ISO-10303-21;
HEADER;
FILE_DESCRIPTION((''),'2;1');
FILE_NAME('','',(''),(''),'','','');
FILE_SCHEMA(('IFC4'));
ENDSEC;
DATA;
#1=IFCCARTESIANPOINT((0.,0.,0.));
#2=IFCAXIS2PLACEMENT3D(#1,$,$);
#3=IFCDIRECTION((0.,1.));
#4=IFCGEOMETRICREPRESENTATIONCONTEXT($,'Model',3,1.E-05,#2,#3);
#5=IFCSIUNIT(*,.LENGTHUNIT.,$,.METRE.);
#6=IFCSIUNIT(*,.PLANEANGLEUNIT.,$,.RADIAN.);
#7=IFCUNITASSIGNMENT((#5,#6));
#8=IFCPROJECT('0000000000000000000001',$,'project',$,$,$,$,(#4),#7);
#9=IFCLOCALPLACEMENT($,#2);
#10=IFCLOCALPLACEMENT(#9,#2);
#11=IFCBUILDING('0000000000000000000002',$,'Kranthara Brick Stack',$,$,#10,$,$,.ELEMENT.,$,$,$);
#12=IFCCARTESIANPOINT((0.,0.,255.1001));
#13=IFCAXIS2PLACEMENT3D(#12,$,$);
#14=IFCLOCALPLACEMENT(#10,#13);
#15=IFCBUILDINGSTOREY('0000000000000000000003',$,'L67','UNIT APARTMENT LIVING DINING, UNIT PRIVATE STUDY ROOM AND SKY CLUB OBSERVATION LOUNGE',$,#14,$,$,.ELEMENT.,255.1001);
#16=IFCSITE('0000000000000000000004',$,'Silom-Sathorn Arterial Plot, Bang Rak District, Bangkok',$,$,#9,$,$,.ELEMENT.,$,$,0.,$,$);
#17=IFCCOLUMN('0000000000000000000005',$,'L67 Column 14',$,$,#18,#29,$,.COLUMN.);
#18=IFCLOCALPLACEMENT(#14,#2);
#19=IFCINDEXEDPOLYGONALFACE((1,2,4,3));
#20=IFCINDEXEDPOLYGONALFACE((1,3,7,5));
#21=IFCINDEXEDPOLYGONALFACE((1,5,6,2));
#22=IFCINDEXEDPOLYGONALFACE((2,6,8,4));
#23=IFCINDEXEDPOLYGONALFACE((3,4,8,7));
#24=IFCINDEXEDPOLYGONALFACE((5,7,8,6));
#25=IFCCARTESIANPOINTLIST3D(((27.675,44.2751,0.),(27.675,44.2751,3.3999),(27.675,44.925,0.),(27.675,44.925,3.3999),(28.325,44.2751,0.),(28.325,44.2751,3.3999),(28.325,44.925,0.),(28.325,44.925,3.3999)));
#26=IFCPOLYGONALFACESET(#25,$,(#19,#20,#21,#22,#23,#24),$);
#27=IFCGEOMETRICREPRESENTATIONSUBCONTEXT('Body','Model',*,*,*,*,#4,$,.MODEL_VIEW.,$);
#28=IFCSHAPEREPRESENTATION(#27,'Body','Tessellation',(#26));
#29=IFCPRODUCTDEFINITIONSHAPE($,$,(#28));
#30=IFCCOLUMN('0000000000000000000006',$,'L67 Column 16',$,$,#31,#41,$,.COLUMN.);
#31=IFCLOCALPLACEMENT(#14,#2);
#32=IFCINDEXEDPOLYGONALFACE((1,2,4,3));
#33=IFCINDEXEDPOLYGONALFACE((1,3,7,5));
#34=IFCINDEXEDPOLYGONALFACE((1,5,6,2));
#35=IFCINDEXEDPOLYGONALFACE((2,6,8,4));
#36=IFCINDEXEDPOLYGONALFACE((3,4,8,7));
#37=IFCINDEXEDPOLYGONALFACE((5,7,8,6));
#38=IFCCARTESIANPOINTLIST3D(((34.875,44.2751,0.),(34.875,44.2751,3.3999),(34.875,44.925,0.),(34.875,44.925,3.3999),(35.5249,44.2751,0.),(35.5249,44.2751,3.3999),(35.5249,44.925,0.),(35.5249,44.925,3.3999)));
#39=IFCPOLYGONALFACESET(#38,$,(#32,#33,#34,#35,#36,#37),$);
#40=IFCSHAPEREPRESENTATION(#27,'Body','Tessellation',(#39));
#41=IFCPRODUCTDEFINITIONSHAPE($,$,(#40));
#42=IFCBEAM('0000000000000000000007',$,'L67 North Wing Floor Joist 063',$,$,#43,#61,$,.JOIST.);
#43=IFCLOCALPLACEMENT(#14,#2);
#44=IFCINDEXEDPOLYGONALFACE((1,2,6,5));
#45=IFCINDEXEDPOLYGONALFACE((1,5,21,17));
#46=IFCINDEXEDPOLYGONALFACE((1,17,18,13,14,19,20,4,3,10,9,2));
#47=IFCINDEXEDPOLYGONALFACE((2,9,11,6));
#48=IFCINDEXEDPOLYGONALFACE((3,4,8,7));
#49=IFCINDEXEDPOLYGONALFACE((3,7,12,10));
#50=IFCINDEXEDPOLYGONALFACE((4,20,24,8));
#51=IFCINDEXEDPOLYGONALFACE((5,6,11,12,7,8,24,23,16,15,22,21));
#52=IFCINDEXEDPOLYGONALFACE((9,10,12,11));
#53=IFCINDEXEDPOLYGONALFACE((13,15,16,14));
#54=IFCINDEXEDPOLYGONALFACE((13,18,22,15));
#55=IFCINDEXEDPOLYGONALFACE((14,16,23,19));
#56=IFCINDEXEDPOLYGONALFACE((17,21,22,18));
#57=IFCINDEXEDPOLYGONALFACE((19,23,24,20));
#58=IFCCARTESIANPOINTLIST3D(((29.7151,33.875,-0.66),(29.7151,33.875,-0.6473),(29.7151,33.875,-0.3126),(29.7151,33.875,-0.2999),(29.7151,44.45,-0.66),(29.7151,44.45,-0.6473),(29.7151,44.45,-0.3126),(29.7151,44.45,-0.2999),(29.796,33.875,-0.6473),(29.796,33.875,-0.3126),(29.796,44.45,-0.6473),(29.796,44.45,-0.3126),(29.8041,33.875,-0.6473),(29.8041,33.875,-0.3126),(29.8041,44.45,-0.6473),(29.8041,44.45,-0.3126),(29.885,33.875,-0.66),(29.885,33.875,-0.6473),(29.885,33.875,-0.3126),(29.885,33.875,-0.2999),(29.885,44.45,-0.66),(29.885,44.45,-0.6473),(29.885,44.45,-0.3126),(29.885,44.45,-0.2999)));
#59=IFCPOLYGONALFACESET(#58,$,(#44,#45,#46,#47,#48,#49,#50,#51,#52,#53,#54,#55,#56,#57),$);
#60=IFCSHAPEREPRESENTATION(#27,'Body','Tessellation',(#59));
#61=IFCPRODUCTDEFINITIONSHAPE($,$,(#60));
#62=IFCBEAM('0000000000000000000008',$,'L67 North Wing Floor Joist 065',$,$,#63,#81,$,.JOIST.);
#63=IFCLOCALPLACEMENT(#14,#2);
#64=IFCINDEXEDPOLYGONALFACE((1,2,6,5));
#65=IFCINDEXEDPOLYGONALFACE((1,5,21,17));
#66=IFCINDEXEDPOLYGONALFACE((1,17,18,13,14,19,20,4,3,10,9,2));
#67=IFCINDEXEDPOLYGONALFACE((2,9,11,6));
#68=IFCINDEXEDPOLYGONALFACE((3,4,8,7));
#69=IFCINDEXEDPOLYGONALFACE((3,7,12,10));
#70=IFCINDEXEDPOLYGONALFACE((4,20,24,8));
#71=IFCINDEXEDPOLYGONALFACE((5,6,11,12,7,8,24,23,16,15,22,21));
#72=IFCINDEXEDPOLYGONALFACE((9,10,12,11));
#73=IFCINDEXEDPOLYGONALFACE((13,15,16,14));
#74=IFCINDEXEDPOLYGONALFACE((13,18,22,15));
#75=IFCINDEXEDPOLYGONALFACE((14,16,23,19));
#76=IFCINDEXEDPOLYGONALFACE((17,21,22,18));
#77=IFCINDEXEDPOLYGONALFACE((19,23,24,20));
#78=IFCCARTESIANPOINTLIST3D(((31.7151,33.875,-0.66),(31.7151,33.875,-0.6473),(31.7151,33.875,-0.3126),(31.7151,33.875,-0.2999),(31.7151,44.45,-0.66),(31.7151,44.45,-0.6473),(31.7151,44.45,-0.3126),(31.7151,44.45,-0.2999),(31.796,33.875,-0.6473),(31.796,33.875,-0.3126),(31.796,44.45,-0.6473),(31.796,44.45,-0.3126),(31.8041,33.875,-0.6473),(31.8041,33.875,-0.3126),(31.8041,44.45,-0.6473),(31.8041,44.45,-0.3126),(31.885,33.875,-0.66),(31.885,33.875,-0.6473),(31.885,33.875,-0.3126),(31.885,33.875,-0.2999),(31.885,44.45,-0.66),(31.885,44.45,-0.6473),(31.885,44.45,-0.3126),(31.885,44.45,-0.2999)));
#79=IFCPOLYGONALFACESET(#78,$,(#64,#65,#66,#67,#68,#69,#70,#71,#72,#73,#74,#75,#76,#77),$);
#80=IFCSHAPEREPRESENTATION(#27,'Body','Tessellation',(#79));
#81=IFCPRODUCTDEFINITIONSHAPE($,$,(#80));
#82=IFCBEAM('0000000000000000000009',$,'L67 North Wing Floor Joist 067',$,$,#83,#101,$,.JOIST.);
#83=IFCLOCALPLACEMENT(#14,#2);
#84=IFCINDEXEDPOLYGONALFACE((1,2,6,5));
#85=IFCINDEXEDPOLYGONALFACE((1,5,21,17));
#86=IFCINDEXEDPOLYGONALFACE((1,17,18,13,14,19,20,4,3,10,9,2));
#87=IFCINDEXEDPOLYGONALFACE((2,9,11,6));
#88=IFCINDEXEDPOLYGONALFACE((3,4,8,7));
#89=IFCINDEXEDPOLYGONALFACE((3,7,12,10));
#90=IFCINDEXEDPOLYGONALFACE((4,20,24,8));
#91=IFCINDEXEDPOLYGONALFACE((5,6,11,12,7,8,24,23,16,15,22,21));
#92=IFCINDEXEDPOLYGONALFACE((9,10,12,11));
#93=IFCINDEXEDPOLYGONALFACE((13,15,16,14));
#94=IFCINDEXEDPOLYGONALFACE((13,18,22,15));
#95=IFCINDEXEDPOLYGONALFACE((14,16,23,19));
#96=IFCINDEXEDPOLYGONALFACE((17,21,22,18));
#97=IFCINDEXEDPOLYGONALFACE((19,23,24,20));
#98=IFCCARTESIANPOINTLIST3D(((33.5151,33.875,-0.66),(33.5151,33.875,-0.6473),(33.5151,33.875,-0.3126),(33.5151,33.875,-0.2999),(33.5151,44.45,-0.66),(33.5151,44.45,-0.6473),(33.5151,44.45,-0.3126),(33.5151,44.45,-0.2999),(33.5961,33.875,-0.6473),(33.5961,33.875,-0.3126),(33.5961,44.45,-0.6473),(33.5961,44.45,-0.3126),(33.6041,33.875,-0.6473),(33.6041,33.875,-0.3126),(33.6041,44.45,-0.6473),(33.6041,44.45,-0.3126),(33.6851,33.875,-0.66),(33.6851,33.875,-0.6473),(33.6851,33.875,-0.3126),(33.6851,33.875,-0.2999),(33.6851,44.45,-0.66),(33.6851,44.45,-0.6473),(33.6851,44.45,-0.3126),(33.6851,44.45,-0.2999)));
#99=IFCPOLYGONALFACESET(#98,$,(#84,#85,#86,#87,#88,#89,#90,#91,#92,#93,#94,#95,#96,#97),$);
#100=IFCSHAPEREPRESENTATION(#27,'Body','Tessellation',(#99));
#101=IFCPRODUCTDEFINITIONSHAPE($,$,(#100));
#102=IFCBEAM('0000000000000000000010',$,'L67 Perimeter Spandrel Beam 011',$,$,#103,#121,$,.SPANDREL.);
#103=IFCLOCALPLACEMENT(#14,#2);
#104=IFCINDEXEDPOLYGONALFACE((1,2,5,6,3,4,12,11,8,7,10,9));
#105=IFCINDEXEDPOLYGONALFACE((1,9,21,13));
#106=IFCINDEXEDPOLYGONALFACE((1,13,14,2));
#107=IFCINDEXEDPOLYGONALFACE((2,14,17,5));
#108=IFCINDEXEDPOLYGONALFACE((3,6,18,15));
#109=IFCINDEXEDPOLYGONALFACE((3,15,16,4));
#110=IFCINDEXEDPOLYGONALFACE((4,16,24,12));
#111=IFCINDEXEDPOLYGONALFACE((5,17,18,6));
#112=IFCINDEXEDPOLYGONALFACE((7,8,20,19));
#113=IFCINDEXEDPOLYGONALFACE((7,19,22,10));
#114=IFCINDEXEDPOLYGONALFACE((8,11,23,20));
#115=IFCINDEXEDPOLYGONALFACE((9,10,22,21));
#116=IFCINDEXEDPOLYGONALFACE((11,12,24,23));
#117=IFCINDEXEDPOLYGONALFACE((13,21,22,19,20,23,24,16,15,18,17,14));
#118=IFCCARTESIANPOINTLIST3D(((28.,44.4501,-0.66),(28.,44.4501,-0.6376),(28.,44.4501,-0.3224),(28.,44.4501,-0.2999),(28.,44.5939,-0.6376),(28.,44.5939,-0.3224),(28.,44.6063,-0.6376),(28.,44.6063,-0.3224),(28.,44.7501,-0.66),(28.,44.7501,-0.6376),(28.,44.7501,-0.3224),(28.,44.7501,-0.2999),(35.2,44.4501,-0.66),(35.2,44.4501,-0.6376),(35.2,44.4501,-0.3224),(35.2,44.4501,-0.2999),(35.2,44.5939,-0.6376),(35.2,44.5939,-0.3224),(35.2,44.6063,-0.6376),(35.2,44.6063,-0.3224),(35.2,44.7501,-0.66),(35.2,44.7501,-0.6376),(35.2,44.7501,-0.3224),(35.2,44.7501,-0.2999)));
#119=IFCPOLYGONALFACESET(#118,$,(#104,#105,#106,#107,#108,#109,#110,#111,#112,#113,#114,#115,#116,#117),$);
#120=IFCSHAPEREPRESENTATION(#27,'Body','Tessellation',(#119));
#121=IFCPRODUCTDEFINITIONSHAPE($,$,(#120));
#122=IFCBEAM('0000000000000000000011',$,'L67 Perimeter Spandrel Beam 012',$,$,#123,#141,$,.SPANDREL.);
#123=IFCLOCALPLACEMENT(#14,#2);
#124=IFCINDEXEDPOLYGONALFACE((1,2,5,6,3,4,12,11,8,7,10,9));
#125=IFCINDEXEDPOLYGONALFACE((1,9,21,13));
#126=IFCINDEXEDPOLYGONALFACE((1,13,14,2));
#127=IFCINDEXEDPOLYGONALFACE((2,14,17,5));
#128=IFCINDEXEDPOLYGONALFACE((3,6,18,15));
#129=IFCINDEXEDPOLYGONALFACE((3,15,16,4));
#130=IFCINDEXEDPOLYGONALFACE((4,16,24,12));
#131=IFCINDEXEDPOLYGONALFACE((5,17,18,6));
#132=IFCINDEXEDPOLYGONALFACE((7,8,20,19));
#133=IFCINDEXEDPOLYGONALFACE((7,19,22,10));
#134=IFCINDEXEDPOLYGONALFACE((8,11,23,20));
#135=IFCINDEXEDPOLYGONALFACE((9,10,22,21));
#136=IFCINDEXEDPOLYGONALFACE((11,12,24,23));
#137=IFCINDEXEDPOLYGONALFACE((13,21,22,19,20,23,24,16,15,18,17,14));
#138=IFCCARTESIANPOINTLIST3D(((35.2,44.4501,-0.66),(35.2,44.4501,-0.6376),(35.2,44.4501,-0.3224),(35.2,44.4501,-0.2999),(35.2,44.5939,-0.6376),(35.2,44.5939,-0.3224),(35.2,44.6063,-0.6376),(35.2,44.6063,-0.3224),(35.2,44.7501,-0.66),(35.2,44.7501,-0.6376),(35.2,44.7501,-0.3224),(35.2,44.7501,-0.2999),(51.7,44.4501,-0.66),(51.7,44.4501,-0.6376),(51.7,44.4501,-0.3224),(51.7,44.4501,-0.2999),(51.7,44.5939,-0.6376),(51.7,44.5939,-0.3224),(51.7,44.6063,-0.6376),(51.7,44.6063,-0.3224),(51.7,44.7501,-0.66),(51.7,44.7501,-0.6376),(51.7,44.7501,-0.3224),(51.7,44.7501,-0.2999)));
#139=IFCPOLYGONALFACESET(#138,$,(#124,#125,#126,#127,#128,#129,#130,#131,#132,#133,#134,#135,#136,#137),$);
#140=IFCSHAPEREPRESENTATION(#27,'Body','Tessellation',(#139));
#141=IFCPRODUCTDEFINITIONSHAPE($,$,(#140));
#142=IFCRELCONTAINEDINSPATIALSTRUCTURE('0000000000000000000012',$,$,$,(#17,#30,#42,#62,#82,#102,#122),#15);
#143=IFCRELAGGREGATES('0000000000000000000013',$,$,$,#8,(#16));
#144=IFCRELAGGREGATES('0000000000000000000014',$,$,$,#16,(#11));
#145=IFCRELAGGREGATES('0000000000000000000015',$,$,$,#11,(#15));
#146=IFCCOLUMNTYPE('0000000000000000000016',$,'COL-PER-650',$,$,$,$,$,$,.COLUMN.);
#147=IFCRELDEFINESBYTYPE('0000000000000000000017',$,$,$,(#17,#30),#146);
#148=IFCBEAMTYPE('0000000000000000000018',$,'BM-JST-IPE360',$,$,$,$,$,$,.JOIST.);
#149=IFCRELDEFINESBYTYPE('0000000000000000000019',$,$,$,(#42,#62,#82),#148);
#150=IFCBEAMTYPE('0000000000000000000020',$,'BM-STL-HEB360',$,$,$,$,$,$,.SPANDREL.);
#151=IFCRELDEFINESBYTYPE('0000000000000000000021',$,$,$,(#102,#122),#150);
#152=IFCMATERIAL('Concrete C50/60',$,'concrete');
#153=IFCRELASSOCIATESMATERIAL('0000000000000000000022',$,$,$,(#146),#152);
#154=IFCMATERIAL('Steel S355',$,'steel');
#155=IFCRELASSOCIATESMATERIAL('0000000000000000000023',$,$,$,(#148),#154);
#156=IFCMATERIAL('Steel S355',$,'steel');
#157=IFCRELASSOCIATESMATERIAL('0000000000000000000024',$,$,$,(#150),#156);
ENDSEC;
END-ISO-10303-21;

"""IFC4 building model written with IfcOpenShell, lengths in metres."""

from ifc_helpers import new_model, si_unit, direction, frame, origin, origin_2d, place, context, subcontext, project, spatial, rectangle, i_section, extrude, material, material_profile, profile_set, type_object, element, save


model = new_model("IFC4")

# Units and contexts
model_context = context("Model", 3, precision=1e-05, world=origin(), true_north=direction((0.0, 1.0)))
body_context = subcontext(model_context, "Body", "Model", "MODEL_VIEW")
ifc_project = project(units=[si_unit("LENGTHUNIT", "METRE"), si_unit("PLANEANGLEUNIT", "RADIAN")], contexts=[model_context])

# Site, building, storey
site_placement = place(None, origin())
site = spatial("IfcSite", under=ifc_project, at=site_placement, Name="Silom-Sathorn Arterial Plot, Bang Rak District, Bangkok", CompositionType="ELEMENT", RefElevation=0.0)
building_placement = place(site_placement, origin())
building = spatial("IfcBuilding", under=site, at=building_placement, Name="Kranthara Brick Stack", CompositionType="ELEMENT")
storey_placement = place(building_placement, frame((0.0, 0.0, 255.1001)))
storey = spatial("IfcBuildingStorey", under=building, at=storey_placement, Name="L67", Description="UNIT APARTMENT LIVING DINING, UNIT PRIVATE STUDY ROOM AND SKY CLUB OBSERVATION LOUNGE", CompositionType="ELEMENT", Elevation=255.1001)

# Columns
ifc_material_1 = material(Name="Concrete C50/60", Category="concrete")
ifc_material_profile_1 = material_profile(ifc_material_1, rectangle(XDim=0.6499, YDim=0.6499, at=origin_2d()), Name="RC 650x650")
ifc_profile_set_1 = profile_set([ifc_material_profile_1], Name="Concrete C50/60")
column_type = type_object("IfcColumnType", Name="COL-PER-650", PredefinedType="COLUMN", material=ifc_profile_set_1)
for number, where, z_axis, x_axis, name in (
    (1, (28.0, 44.6001, 0.0), (0.0, 0.0, 1.0), (1.0, 0.0, 0.0), "L67 Column 14"),
    (2, (35.2, 44.6001, 0.0), (0.0, 0.0, 1.0), (1.0, 0.0, 0.0), "L67 Column 16"),
):
    element("IfcColumn", number, at=place(storey_placement, frame(where, z_axis=z_axis, x_axis=x_axis)), inside=storey, type_object=column_type, Name=name, PredefinedType="COLUMN", context=body_context, shape_type="SweptSolid", body=[
        extrude(rectangle(XDim=0.6499, YDim=0.6499, at=origin_2d()), origin(), (0.0, 0.0, 1.0), 3.3999),
    ])

# Beams
ifc_material_2 = material(Name="Steel S355", Category="steel")
ifc_material_profile_2 = material_profile(ifc_material_2, i_section(OverallWidth=0.1699, OverallDepth=0.3601, WebThickness=0.0081, FlangeThickness=0.0127, at=origin_2d()), Name="IPE 360")
ifc_profile_set_2 = profile_set([ifc_material_profile_2], Name="Steel S355")
beam_type_1 = type_object("IfcBeamType", Name="BM-JST-IPE360", PredefinedType="JOIST", material=ifc_profile_set_2)
for number, where, z_axis, x_axis, name in (
    (3, (29.8, 33.875, -0.48), (0.0, 1.0, 0.0), (-1.0, 0.0, 0.0), "L67 North Wing Floor Joist 063"),
    (4, (31.8, 33.875, -0.48), (0.0, 1.0, 0.0), (-1.0, 0.0, 0.0), "L67 North Wing Floor Joist 065"),
    (5, (33.6001, 33.875, -0.48), (0.0, 1.0, 0.0), (-1.0, 0.0, 0.0), "L67 North Wing Floor Joist 067"),
):
    element("IfcBeam", number, at=place(storey_placement, frame(where, z_axis=z_axis, x_axis=x_axis)), inside=storey, type_object=beam_type_1, Name=name, PredefinedType="JOIST", context=body_context, shape_type="SweptSolid", body=[
        extrude(i_section(OverallWidth=0.1699, OverallDepth=0.3601, WebThickness=0.0081, FlangeThickness=0.0127, at=origin_2d()), origin(), (0.0, 0.0, 1.0), 10.575),
    ])
ifc_material_3 = material(Name="Steel S355", Category="steel")
ifc_material_profile_3 = material_profile(ifc_material_3, i_section(OverallWidth=0.3, OverallDepth=0.3601, WebThickness=0.0125, FlangeThickness=0.0225, at=origin_2d()), Name="HEB 360")
ifc_profile_set_3 = profile_set([ifc_material_profile_3], Name="Steel S355")
beam_type_2 = type_object("IfcBeamType", Name="BM-STL-HEB360", PredefinedType="SPANDREL", material=ifc_profile_set_3)
beam_1_placement = place(storey_placement, frame((28.0, 44.6001, -0.48), z_axis=(1.0, 0.0, 0.0), x_axis=(0.0, 1.0, 0.0)))
element("IfcBeam", 6, at=beam_1_placement, inside=storey, type_object=beam_type_2, Name="L67 Perimeter Spandrel Beam 011", PredefinedType="SPANDREL", context=body_context, shape_type="SweptSolid", body=[
    extrude(i_section(OverallWidth=0.3, OverallDepth=0.3601, WebThickness=0.0125, FlangeThickness=0.0225, at=origin_2d()), origin(), (0.0, 0.0, 1.0), 7.2),
])
beam_2_placement = place(storey_placement, frame((35.2, 44.6001, -0.48), z_axis=(1.0, 0.0, 0.0), x_axis=(0.0, 1.0, 0.0)))
element("IfcBeam", 7, at=beam_2_placement, inside=storey, type_object=beam_type_2, Name="L67 Perimeter Spandrel Beam 012", PredefinedType="SPANDREL", context=body_context, shape_type="SweptSolid", body=[
    extrude(i_section(OverallWidth=0.3, OverallDepth=0.3601, WebThickness=0.0125, FlangeThickness=0.0225, at=origin_2d()), origin(), (0.0, 0.0, 1.0), 16.5),
])

save(model, "model.ifc")
